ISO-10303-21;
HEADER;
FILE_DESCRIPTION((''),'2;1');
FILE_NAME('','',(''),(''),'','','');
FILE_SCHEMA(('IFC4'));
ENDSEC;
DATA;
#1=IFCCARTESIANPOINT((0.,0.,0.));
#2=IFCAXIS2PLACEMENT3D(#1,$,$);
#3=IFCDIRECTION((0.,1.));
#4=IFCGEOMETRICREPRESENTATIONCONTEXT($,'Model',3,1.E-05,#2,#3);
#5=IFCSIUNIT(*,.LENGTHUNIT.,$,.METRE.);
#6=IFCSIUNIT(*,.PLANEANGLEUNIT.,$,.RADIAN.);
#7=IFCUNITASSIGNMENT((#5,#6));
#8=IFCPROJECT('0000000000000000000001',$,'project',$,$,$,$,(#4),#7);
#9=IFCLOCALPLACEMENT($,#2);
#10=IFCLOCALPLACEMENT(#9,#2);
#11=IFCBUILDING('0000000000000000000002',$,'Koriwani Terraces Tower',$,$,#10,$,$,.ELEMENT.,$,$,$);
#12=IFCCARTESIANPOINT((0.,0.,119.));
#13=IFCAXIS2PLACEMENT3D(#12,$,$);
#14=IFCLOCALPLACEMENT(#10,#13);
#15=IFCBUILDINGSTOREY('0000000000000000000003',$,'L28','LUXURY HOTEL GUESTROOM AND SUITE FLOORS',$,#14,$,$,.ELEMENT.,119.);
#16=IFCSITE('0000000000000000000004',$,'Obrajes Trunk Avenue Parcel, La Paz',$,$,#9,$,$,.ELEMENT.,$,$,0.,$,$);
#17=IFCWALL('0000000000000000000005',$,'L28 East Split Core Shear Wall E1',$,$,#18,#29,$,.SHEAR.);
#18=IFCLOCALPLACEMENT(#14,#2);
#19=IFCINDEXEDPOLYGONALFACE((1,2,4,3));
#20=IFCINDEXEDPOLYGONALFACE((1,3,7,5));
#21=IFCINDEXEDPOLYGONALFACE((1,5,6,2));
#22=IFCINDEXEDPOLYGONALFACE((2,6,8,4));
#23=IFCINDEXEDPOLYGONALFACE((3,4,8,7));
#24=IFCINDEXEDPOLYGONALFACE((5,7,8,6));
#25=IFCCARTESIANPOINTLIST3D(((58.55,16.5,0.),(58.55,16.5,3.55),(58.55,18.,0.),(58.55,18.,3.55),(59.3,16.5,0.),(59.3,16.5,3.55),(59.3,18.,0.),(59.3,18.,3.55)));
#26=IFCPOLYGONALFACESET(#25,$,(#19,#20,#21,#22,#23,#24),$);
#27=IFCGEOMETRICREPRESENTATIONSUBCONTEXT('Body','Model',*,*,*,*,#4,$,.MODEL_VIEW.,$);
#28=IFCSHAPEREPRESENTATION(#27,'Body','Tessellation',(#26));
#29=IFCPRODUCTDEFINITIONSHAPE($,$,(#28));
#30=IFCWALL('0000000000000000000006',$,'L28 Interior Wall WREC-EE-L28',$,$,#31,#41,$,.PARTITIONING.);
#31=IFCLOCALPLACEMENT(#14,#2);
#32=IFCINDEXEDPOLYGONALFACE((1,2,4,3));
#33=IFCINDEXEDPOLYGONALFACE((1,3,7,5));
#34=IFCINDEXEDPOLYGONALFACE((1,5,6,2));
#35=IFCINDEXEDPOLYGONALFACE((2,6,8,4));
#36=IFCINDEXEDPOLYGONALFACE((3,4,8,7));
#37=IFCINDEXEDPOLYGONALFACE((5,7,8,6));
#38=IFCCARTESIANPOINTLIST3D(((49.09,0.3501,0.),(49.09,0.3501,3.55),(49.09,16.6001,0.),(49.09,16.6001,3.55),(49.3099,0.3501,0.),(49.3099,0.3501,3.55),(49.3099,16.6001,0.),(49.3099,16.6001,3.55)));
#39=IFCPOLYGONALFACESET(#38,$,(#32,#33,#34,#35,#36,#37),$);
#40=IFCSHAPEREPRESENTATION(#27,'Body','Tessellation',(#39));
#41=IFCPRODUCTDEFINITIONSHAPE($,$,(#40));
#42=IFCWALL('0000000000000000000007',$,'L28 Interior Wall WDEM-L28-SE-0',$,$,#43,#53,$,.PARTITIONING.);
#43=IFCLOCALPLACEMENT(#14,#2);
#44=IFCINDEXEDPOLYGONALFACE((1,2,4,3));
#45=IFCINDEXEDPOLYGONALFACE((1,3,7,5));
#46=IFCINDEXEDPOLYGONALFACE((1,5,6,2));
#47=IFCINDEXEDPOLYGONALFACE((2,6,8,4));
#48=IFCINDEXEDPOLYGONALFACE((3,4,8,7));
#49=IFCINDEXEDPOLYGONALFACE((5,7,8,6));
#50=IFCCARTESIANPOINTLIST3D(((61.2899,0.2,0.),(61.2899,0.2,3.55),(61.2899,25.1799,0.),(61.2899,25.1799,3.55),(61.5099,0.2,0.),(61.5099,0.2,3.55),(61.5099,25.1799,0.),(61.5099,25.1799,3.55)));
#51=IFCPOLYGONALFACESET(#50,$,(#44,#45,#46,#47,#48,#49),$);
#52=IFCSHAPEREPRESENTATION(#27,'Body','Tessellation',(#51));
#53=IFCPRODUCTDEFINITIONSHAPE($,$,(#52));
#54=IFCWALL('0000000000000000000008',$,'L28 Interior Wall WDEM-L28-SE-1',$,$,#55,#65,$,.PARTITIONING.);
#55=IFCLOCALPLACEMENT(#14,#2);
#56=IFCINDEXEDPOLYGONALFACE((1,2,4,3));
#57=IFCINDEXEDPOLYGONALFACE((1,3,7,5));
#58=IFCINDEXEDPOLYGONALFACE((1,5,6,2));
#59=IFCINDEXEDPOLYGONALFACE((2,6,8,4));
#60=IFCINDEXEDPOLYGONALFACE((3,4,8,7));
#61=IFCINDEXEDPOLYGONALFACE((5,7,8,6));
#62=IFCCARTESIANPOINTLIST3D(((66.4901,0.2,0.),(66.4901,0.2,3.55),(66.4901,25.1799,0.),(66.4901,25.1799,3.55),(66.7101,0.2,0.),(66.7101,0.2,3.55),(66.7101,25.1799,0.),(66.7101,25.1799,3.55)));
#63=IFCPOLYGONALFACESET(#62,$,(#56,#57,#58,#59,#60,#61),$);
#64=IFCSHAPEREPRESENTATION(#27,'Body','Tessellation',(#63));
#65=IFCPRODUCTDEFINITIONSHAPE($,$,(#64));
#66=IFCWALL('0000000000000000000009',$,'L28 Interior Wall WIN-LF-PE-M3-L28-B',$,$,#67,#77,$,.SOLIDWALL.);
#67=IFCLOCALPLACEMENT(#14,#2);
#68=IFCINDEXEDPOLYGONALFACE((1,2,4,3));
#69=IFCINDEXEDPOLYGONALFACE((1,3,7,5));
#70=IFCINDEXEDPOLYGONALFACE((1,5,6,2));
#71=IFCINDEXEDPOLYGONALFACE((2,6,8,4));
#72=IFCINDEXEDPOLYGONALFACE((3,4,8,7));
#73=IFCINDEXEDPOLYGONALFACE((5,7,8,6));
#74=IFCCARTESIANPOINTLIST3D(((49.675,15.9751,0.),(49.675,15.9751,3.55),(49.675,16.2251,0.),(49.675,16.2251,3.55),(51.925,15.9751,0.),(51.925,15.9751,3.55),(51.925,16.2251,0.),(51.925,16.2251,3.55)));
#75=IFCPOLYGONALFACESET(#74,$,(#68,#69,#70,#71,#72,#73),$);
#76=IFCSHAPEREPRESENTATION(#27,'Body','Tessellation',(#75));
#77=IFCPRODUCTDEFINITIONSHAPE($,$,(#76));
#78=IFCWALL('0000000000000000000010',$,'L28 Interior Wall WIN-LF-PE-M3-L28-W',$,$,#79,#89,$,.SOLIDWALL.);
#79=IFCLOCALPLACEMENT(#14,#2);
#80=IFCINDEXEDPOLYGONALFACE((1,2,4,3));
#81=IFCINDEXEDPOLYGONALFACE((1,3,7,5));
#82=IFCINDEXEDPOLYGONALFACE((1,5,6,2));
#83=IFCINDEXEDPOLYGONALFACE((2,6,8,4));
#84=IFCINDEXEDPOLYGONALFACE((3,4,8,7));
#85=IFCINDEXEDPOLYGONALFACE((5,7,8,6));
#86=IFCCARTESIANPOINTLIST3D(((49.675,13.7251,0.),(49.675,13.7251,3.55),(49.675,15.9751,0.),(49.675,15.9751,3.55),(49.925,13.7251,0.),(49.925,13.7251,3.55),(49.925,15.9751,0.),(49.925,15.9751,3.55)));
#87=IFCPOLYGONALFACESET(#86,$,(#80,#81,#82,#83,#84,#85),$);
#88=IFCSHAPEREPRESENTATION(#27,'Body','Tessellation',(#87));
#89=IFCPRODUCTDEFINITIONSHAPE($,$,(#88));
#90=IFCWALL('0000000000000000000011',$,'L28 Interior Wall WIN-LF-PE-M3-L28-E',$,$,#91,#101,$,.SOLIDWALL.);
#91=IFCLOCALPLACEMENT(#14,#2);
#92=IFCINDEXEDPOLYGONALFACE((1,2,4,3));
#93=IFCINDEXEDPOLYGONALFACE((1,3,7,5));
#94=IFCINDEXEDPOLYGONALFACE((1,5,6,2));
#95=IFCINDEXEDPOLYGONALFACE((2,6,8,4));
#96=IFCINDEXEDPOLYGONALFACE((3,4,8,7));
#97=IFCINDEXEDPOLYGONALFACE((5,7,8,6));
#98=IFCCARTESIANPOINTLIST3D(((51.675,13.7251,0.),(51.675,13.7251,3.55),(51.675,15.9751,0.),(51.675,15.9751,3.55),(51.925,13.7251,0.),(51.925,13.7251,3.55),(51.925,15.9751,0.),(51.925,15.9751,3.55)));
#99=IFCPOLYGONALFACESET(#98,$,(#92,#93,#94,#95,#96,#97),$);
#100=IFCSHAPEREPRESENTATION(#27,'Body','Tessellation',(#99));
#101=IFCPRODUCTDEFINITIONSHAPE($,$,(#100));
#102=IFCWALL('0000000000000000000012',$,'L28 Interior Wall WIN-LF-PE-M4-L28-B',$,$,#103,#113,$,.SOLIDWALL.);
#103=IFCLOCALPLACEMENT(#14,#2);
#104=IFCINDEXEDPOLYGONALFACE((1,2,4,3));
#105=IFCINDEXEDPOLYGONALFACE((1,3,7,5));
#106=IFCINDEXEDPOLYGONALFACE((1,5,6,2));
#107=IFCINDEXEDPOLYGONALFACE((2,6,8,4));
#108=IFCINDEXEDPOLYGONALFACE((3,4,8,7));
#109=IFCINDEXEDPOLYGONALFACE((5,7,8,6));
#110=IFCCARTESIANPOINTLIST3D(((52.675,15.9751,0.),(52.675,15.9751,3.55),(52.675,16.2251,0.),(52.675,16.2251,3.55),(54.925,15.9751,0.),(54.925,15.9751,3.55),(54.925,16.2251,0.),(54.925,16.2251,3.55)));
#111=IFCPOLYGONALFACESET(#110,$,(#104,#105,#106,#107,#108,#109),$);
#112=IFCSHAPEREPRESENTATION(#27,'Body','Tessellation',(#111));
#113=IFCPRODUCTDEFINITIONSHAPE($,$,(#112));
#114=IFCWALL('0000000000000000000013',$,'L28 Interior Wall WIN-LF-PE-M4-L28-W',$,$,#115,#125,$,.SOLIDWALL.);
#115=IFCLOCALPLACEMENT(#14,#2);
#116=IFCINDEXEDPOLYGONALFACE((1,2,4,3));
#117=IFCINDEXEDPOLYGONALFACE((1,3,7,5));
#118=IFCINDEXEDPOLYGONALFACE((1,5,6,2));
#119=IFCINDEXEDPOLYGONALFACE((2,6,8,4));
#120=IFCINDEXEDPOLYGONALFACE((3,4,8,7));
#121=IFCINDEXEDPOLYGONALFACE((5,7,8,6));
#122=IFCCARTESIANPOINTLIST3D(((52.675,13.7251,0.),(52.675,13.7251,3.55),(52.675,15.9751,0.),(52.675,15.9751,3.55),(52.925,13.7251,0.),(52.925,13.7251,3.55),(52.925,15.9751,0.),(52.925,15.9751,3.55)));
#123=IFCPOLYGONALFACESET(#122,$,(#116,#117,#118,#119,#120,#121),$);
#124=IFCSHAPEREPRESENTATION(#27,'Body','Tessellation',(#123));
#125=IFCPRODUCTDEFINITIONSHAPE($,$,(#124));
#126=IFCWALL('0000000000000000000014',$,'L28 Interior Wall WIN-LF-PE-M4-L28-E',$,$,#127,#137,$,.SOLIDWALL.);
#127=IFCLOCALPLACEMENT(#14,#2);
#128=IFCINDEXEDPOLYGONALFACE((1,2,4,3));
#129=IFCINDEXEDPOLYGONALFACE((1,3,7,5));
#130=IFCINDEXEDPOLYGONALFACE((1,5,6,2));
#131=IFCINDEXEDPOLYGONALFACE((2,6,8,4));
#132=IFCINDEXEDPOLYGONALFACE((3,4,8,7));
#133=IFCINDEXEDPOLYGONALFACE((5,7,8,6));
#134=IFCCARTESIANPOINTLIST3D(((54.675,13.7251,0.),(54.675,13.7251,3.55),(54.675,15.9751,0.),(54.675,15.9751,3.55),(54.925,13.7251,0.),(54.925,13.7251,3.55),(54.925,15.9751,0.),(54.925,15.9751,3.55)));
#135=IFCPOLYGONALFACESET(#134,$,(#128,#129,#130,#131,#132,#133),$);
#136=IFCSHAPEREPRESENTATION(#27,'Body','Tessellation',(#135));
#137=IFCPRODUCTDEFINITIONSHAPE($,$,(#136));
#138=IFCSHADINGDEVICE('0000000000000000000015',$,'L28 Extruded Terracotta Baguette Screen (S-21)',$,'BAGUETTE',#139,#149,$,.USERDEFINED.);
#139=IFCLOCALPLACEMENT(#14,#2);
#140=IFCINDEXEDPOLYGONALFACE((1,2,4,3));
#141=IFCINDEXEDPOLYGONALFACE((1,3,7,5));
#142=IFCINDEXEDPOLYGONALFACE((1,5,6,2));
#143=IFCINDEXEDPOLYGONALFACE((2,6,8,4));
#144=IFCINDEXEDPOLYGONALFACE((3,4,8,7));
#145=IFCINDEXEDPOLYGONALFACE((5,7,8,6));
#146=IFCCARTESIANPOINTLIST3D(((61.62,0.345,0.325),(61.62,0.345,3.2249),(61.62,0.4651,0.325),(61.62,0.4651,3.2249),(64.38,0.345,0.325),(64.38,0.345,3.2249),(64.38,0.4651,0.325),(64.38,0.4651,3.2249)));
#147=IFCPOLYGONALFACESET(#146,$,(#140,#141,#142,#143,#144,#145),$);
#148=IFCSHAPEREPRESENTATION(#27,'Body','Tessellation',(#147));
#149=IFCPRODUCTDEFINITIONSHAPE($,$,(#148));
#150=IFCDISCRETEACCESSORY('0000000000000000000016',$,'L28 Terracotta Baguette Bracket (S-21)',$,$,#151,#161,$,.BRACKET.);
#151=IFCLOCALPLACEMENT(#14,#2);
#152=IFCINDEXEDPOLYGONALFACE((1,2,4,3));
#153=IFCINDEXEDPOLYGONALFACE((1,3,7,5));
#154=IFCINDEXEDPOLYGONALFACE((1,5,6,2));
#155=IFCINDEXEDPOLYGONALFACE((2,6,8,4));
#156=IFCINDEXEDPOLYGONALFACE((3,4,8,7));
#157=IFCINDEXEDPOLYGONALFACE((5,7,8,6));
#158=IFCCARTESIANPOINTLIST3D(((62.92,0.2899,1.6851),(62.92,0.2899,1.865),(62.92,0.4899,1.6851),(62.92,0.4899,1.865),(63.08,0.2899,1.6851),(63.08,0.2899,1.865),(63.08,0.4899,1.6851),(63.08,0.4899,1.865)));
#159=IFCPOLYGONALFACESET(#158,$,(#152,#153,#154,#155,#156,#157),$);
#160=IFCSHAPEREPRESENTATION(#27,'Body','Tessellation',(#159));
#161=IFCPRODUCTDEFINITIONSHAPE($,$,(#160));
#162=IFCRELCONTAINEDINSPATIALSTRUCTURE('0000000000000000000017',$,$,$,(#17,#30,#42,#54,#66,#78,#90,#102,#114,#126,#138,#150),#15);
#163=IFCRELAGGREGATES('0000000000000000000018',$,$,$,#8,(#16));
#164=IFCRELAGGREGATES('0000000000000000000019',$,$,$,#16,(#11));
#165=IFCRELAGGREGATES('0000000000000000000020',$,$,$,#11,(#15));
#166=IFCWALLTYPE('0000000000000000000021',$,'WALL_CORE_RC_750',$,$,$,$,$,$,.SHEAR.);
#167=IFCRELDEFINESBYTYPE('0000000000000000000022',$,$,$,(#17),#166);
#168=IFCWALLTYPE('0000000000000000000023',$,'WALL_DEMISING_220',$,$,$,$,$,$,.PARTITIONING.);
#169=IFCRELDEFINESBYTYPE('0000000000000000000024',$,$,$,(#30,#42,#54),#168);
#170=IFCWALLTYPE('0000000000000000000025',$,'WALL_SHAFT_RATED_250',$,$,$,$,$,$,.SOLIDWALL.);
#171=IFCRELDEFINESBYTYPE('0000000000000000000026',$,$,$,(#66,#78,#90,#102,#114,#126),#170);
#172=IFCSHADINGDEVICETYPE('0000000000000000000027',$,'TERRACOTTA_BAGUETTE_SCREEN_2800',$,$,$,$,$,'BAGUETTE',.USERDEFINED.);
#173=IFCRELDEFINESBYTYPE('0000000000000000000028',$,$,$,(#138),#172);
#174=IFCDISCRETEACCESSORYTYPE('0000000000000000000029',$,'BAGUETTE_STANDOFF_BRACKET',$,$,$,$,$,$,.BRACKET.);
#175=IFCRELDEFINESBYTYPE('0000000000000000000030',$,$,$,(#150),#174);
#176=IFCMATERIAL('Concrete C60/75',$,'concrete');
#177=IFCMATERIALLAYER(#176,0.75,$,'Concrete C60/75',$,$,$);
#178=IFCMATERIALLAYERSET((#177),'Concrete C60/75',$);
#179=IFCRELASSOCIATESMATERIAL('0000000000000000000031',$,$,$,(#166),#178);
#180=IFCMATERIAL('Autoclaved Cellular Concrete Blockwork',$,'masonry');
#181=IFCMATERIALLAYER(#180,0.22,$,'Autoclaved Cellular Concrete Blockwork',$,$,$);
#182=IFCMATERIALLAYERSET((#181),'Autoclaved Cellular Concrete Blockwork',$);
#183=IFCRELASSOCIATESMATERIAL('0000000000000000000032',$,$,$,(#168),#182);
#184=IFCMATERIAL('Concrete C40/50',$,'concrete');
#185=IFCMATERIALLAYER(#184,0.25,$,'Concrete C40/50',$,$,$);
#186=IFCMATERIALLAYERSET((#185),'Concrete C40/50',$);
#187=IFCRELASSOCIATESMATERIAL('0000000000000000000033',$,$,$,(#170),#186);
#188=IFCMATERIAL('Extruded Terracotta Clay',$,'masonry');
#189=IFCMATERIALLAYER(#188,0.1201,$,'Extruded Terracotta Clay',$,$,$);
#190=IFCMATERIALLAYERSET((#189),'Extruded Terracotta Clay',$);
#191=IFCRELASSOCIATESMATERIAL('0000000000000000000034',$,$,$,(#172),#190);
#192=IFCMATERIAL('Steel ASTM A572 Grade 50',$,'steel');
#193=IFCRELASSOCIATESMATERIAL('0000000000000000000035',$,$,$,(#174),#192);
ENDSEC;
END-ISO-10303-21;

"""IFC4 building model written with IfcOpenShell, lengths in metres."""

from ifc_helpers import new_model, si_unit, direction, frame, frame_2d, origin, origin_2d, place, context, subcontext, project, spatial, rectangle, extrude, material, layer, layer_set, type_object, element, save


model = new_model("IFC4")

# Units and contexts
model_context = context("Model", 3, precision=1e-05, world=origin(), true_north=direction((0.0, 1.0)))
body_context = subcontext(model_context, "Body", "Model", "MODEL_VIEW")
ifc_project = project(units=[si_unit("LENGTHUNIT", "METRE"), si_unit("PLANEANGLEUNIT", "RADIAN")], contexts=[model_context])

# Site, building, storey
site_placement = place(None, origin())
site = spatial("IfcSite", under=ifc_project, at=site_placement, Name="Obrajes Trunk Avenue Parcel, La Paz", CompositionType="ELEMENT", RefElevation=0.0)
building_placement = place(site_placement, origin())
building = spatial("IfcBuilding", under=site, at=building_placement, Name="Koriwani Terraces Tower", CompositionType="ELEMENT")
storey_placement = place(building_placement, frame((0.0, 0.0, 119.0)))
storey = spatial("IfcBuildingStorey", under=building, at=storey_placement, Name="L28", Description="LUXURY HOTEL GUESTROOM AND SUITE FLOORS", CompositionType="ELEMENT", Elevation=119.0)

# Shared definitions
ifc_material_1 = material(Name="Concrete C60/75", Category="concrete")

# Shared definitions
ifc_material_2 = material(Name="Concrete C40/50", Category="concrete")
ifc_material_3 = material(Name="Steel ASTM A572 Grade 50", Category="steel")

# Walls
ifc_layer_1 = layer(ifc_material_1, 0.75, Name="Concrete C60/75")
ifc_layer_set_1 = layer_set([ifc_layer_1], Name="Concrete C60/75")
wall_type_1 = type_object("IfcWallType", Name="WALL_CORE_RC_750", PredefinedType="SHEAR", material=ifc_layer_set_1)
wall_1_placement = place(storey_placement, frame((58.925, 16.5, 0.0), z_axis=(0.0, 0.0, 1.0), x_axis=(0.0, 1.0, 0.0)))
element("IfcWall", 1, at=wall_1_placement, inside=storey, type_object=wall_type_1, Name="L28 East Split Core Shear Wall E1", PredefinedType="SHEAR", context=body_context, shape_type="SweptSolid", body=[
    extrude(rectangle(XDim=1.5, YDim=0.75, at=frame_2d((0.75, 0.0))), origin(), (0.0, 0.0, 1.0), 3.55),
])
ifc_material_4 = material(Name="Autoclaved Cellular Concrete Blockwork", Category="masonry")
ifc_layer_2 = layer(ifc_material_4, 0.22, Name="Autoclaved Cellular Concrete Blockwork")
ifc_layer_set_2 = layer_set([ifc_layer_2], Name="Autoclaved Cellular Concrete Blockwork")
wall_type_2 = type_object("IfcWallType", Name="WALL_DEMISING_220", PredefinedType="PARTITIONING", material=ifc_layer_set_2)
wall_2_placement = place(storey_placement, frame((49.2, 0.3501, 0.0), z_axis=(0.0, 0.0, 1.0), x_axis=(0.0, 1.0, 0.0)))
element("IfcWall", 2, at=wall_2_placement, inside=storey, type_object=wall_type_2, Name="L28 Interior Wall WREC-EE-L28", PredefinedType="PARTITIONING", context=body_context, shape_type="SweptSolid", body=[
    extrude(rectangle(XDim=16.25, YDim=0.22, at=frame_2d((8.125, 0.0))), origin(), (0.0, 0.0, 1.0), 3.55),
])
for number, where, z_axis, x_axis, name in (
    (3, (61.3999, 0.2, 0.0), (0.0, 0.0, 1.0), (0.0, 1.0, 0.0), "L28 Interior Wall WDEM-L28-SE-0"),
    (4, (66.6001, 0.2, 0.0), (0.0, 0.0, 1.0), (0.0, 1.0, 0.0), "L28 Interior Wall WDEM-L28-SE-1"),
):
    element("IfcWall", number, at=place(storey_placement, frame(where, z_axis=z_axis, x_axis=x_axis)), inside=storey, type_object=wall_type_2, Name=name, PredefinedType="PARTITIONING", context=body_context, shape_type="SweptSolid", body=[
        extrude(rectangle(XDim=24.98, YDim=0.22, at=frame_2d((12.49, 0.0))), origin(), (0.0, 0.0, 1.0), 3.55),
    ])

# Shared definitions
ifc_layer_3 = layer(ifc_material_2, 0.25, Name="Concrete C40/50")
ifc_layer_set_3 = layer_set([ifc_layer_3], Name="Concrete C40/50")
wall_type_3 = type_object("IfcWallType", Name="WALL_SHAFT_RATED_250", PredefinedType="SOLIDWALL", material=ifc_layer_set_3)

# Walls
for number, where, z_axis, x_axis, name in (
    (5, (49.675, 16.1001, 0.0), (0.0, 0.0, 1.0), (1.0, 0.0, 0.0), "L28 Interior Wall WIN-LF-PE-M3-L28-B"),
    (6, (49.8, 13.7251, 0.0), (0.0, 0.0, 1.0), (0.0, 1.0, 0.0), "L28 Interior Wall WIN-LF-PE-M3-L28-W"),
    (7, (51.8, 13.7251, 0.0), (0.0, 0.0, 1.0), (0.0, 1.0, 0.0), "L28 Interior Wall WIN-LF-PE-M3-L28-E"),
):
    element("IfcWall", number, at=place(storey_placement, frame(where, z_axis=z_axis, x_axis=x_axis)), inside=storey, type_object=wall_type_3, Name=name, PredefinedType="SOLIDWALL", context=body_context, shape_type="SweptSolid", body=[
        extrude(rectangle(XDim=2.25, YDim=0.25, at=frame_2d((1.125, 0.0))), origin(), (0.0, 0.0, 1.0), 3.55),
    ])

# Walls
for number, where, z_axis, x_axis, name in (
    (8, (52.675, 16.1001, 0.0), (0.0, 0.0, 1.0), (1.0, 0.0, 0.0), "L28 Interior Wall WIN-LF-PE-M4-L28-B"),
    (9, (52.8, 13.7251, 0.0), (0.0, 0.0, 1.0), (0.0, 1.0, 0.0), "L28 Interior Wall WIN-LF-PE-M4-L28-W"),
    (10, (54.8, 13.7251, 0.0), (0.0, 0.0, 1.0), (0.0, 1.0, 0.0), "L28 Interior Wall WIN-LF-PE-M4-L28-E"),
):
    element("IfcWall", number, at=place(storey_placement, frame(where, z_axis=z_axis, x_axis=x_axis)), inside=storey, type_object=wall_type_3, Name=name, PredefinedType="SOLIDWALL", context=body_context, shape_type="SweptSolid", body=[
        extrude(rectangle(XDim=2.25, YDim=0.25, at=frame_2d((1.125, 0.0))), origin(), (0.0, 0.0, 1.0), 3.55),
    ])

# Shading device
ifc_material_5 = material(Name="Extruded Terracotta Clay", Category="masonry")
ifc_layer_4 = layer(ifc_material_5, 0.1201, Name="Extruded Terracotta Clay")
ifc_layer_set_4 = layer_set([ifc_layer_4], Name="Extruded Terracotta Clay")
shading_device_type = type_object("IfcShadingDeviceType", Name="TERRACOTTA_BAGUETTE_SCREEN_2800", ElementType="BAGUETTE", PredefinedType="USERDEFINED", material=ifc_layer_set_4)
shading_device_placement = place(storey_placement, frame((63.0, 0.405, 0.325), z_axis=(0.0, 0.0, 1.0), x_axis=(-1.0, 0.0, 0.0)))
element("IfcShadingDevice", 11, at=shading_device_placement, inside=storey, type_object=shading_device_type, Name="L28 Extruded Terracotta Baguette Screen (S-21)", ObjectType="BAGUETTE", PredefinedType="USERDEFINED", context=body_context, shape_type="SweptSolid", body=[
    extrude(rectangle(XDim=2.76, YDim=0.1201, at=origin_2d()), origin(), (0.0, 0.0, 1.0), 2.8999),
])

# Discrete accessory
discrete_accessory_type = type_object("IfcDiscreteAccessoryType", Name="BAGUETTE_STANDOFF_BRACKET", PredefinedType="BRACKET", material=ifc_material_3)
discrete_accessory_placement = place(storey_placement, frame((63.0, 0.3899, 1.6851), z_axis=(0.0, 0.0, 1.0), x_axis=(-1.0, 0.0, 0.0)))
element("IfcDiscreteAccessory", 12, at=discrete_accessory_placement, inside=storey, type_object=discrete_accessory_type, Name="L28 Terracotta Baguette Bracket (S-21)", PredefinedType="BRACKET", context=body_context, shape_type="SweptSolid", body=[
    extrude(rectangle(XDim=0.1599, YDim=0.2, at=origin_2d()), origin(), (0.0, 0.0, 1.0), 0.1799),
])

save(model, "model.ifc")
